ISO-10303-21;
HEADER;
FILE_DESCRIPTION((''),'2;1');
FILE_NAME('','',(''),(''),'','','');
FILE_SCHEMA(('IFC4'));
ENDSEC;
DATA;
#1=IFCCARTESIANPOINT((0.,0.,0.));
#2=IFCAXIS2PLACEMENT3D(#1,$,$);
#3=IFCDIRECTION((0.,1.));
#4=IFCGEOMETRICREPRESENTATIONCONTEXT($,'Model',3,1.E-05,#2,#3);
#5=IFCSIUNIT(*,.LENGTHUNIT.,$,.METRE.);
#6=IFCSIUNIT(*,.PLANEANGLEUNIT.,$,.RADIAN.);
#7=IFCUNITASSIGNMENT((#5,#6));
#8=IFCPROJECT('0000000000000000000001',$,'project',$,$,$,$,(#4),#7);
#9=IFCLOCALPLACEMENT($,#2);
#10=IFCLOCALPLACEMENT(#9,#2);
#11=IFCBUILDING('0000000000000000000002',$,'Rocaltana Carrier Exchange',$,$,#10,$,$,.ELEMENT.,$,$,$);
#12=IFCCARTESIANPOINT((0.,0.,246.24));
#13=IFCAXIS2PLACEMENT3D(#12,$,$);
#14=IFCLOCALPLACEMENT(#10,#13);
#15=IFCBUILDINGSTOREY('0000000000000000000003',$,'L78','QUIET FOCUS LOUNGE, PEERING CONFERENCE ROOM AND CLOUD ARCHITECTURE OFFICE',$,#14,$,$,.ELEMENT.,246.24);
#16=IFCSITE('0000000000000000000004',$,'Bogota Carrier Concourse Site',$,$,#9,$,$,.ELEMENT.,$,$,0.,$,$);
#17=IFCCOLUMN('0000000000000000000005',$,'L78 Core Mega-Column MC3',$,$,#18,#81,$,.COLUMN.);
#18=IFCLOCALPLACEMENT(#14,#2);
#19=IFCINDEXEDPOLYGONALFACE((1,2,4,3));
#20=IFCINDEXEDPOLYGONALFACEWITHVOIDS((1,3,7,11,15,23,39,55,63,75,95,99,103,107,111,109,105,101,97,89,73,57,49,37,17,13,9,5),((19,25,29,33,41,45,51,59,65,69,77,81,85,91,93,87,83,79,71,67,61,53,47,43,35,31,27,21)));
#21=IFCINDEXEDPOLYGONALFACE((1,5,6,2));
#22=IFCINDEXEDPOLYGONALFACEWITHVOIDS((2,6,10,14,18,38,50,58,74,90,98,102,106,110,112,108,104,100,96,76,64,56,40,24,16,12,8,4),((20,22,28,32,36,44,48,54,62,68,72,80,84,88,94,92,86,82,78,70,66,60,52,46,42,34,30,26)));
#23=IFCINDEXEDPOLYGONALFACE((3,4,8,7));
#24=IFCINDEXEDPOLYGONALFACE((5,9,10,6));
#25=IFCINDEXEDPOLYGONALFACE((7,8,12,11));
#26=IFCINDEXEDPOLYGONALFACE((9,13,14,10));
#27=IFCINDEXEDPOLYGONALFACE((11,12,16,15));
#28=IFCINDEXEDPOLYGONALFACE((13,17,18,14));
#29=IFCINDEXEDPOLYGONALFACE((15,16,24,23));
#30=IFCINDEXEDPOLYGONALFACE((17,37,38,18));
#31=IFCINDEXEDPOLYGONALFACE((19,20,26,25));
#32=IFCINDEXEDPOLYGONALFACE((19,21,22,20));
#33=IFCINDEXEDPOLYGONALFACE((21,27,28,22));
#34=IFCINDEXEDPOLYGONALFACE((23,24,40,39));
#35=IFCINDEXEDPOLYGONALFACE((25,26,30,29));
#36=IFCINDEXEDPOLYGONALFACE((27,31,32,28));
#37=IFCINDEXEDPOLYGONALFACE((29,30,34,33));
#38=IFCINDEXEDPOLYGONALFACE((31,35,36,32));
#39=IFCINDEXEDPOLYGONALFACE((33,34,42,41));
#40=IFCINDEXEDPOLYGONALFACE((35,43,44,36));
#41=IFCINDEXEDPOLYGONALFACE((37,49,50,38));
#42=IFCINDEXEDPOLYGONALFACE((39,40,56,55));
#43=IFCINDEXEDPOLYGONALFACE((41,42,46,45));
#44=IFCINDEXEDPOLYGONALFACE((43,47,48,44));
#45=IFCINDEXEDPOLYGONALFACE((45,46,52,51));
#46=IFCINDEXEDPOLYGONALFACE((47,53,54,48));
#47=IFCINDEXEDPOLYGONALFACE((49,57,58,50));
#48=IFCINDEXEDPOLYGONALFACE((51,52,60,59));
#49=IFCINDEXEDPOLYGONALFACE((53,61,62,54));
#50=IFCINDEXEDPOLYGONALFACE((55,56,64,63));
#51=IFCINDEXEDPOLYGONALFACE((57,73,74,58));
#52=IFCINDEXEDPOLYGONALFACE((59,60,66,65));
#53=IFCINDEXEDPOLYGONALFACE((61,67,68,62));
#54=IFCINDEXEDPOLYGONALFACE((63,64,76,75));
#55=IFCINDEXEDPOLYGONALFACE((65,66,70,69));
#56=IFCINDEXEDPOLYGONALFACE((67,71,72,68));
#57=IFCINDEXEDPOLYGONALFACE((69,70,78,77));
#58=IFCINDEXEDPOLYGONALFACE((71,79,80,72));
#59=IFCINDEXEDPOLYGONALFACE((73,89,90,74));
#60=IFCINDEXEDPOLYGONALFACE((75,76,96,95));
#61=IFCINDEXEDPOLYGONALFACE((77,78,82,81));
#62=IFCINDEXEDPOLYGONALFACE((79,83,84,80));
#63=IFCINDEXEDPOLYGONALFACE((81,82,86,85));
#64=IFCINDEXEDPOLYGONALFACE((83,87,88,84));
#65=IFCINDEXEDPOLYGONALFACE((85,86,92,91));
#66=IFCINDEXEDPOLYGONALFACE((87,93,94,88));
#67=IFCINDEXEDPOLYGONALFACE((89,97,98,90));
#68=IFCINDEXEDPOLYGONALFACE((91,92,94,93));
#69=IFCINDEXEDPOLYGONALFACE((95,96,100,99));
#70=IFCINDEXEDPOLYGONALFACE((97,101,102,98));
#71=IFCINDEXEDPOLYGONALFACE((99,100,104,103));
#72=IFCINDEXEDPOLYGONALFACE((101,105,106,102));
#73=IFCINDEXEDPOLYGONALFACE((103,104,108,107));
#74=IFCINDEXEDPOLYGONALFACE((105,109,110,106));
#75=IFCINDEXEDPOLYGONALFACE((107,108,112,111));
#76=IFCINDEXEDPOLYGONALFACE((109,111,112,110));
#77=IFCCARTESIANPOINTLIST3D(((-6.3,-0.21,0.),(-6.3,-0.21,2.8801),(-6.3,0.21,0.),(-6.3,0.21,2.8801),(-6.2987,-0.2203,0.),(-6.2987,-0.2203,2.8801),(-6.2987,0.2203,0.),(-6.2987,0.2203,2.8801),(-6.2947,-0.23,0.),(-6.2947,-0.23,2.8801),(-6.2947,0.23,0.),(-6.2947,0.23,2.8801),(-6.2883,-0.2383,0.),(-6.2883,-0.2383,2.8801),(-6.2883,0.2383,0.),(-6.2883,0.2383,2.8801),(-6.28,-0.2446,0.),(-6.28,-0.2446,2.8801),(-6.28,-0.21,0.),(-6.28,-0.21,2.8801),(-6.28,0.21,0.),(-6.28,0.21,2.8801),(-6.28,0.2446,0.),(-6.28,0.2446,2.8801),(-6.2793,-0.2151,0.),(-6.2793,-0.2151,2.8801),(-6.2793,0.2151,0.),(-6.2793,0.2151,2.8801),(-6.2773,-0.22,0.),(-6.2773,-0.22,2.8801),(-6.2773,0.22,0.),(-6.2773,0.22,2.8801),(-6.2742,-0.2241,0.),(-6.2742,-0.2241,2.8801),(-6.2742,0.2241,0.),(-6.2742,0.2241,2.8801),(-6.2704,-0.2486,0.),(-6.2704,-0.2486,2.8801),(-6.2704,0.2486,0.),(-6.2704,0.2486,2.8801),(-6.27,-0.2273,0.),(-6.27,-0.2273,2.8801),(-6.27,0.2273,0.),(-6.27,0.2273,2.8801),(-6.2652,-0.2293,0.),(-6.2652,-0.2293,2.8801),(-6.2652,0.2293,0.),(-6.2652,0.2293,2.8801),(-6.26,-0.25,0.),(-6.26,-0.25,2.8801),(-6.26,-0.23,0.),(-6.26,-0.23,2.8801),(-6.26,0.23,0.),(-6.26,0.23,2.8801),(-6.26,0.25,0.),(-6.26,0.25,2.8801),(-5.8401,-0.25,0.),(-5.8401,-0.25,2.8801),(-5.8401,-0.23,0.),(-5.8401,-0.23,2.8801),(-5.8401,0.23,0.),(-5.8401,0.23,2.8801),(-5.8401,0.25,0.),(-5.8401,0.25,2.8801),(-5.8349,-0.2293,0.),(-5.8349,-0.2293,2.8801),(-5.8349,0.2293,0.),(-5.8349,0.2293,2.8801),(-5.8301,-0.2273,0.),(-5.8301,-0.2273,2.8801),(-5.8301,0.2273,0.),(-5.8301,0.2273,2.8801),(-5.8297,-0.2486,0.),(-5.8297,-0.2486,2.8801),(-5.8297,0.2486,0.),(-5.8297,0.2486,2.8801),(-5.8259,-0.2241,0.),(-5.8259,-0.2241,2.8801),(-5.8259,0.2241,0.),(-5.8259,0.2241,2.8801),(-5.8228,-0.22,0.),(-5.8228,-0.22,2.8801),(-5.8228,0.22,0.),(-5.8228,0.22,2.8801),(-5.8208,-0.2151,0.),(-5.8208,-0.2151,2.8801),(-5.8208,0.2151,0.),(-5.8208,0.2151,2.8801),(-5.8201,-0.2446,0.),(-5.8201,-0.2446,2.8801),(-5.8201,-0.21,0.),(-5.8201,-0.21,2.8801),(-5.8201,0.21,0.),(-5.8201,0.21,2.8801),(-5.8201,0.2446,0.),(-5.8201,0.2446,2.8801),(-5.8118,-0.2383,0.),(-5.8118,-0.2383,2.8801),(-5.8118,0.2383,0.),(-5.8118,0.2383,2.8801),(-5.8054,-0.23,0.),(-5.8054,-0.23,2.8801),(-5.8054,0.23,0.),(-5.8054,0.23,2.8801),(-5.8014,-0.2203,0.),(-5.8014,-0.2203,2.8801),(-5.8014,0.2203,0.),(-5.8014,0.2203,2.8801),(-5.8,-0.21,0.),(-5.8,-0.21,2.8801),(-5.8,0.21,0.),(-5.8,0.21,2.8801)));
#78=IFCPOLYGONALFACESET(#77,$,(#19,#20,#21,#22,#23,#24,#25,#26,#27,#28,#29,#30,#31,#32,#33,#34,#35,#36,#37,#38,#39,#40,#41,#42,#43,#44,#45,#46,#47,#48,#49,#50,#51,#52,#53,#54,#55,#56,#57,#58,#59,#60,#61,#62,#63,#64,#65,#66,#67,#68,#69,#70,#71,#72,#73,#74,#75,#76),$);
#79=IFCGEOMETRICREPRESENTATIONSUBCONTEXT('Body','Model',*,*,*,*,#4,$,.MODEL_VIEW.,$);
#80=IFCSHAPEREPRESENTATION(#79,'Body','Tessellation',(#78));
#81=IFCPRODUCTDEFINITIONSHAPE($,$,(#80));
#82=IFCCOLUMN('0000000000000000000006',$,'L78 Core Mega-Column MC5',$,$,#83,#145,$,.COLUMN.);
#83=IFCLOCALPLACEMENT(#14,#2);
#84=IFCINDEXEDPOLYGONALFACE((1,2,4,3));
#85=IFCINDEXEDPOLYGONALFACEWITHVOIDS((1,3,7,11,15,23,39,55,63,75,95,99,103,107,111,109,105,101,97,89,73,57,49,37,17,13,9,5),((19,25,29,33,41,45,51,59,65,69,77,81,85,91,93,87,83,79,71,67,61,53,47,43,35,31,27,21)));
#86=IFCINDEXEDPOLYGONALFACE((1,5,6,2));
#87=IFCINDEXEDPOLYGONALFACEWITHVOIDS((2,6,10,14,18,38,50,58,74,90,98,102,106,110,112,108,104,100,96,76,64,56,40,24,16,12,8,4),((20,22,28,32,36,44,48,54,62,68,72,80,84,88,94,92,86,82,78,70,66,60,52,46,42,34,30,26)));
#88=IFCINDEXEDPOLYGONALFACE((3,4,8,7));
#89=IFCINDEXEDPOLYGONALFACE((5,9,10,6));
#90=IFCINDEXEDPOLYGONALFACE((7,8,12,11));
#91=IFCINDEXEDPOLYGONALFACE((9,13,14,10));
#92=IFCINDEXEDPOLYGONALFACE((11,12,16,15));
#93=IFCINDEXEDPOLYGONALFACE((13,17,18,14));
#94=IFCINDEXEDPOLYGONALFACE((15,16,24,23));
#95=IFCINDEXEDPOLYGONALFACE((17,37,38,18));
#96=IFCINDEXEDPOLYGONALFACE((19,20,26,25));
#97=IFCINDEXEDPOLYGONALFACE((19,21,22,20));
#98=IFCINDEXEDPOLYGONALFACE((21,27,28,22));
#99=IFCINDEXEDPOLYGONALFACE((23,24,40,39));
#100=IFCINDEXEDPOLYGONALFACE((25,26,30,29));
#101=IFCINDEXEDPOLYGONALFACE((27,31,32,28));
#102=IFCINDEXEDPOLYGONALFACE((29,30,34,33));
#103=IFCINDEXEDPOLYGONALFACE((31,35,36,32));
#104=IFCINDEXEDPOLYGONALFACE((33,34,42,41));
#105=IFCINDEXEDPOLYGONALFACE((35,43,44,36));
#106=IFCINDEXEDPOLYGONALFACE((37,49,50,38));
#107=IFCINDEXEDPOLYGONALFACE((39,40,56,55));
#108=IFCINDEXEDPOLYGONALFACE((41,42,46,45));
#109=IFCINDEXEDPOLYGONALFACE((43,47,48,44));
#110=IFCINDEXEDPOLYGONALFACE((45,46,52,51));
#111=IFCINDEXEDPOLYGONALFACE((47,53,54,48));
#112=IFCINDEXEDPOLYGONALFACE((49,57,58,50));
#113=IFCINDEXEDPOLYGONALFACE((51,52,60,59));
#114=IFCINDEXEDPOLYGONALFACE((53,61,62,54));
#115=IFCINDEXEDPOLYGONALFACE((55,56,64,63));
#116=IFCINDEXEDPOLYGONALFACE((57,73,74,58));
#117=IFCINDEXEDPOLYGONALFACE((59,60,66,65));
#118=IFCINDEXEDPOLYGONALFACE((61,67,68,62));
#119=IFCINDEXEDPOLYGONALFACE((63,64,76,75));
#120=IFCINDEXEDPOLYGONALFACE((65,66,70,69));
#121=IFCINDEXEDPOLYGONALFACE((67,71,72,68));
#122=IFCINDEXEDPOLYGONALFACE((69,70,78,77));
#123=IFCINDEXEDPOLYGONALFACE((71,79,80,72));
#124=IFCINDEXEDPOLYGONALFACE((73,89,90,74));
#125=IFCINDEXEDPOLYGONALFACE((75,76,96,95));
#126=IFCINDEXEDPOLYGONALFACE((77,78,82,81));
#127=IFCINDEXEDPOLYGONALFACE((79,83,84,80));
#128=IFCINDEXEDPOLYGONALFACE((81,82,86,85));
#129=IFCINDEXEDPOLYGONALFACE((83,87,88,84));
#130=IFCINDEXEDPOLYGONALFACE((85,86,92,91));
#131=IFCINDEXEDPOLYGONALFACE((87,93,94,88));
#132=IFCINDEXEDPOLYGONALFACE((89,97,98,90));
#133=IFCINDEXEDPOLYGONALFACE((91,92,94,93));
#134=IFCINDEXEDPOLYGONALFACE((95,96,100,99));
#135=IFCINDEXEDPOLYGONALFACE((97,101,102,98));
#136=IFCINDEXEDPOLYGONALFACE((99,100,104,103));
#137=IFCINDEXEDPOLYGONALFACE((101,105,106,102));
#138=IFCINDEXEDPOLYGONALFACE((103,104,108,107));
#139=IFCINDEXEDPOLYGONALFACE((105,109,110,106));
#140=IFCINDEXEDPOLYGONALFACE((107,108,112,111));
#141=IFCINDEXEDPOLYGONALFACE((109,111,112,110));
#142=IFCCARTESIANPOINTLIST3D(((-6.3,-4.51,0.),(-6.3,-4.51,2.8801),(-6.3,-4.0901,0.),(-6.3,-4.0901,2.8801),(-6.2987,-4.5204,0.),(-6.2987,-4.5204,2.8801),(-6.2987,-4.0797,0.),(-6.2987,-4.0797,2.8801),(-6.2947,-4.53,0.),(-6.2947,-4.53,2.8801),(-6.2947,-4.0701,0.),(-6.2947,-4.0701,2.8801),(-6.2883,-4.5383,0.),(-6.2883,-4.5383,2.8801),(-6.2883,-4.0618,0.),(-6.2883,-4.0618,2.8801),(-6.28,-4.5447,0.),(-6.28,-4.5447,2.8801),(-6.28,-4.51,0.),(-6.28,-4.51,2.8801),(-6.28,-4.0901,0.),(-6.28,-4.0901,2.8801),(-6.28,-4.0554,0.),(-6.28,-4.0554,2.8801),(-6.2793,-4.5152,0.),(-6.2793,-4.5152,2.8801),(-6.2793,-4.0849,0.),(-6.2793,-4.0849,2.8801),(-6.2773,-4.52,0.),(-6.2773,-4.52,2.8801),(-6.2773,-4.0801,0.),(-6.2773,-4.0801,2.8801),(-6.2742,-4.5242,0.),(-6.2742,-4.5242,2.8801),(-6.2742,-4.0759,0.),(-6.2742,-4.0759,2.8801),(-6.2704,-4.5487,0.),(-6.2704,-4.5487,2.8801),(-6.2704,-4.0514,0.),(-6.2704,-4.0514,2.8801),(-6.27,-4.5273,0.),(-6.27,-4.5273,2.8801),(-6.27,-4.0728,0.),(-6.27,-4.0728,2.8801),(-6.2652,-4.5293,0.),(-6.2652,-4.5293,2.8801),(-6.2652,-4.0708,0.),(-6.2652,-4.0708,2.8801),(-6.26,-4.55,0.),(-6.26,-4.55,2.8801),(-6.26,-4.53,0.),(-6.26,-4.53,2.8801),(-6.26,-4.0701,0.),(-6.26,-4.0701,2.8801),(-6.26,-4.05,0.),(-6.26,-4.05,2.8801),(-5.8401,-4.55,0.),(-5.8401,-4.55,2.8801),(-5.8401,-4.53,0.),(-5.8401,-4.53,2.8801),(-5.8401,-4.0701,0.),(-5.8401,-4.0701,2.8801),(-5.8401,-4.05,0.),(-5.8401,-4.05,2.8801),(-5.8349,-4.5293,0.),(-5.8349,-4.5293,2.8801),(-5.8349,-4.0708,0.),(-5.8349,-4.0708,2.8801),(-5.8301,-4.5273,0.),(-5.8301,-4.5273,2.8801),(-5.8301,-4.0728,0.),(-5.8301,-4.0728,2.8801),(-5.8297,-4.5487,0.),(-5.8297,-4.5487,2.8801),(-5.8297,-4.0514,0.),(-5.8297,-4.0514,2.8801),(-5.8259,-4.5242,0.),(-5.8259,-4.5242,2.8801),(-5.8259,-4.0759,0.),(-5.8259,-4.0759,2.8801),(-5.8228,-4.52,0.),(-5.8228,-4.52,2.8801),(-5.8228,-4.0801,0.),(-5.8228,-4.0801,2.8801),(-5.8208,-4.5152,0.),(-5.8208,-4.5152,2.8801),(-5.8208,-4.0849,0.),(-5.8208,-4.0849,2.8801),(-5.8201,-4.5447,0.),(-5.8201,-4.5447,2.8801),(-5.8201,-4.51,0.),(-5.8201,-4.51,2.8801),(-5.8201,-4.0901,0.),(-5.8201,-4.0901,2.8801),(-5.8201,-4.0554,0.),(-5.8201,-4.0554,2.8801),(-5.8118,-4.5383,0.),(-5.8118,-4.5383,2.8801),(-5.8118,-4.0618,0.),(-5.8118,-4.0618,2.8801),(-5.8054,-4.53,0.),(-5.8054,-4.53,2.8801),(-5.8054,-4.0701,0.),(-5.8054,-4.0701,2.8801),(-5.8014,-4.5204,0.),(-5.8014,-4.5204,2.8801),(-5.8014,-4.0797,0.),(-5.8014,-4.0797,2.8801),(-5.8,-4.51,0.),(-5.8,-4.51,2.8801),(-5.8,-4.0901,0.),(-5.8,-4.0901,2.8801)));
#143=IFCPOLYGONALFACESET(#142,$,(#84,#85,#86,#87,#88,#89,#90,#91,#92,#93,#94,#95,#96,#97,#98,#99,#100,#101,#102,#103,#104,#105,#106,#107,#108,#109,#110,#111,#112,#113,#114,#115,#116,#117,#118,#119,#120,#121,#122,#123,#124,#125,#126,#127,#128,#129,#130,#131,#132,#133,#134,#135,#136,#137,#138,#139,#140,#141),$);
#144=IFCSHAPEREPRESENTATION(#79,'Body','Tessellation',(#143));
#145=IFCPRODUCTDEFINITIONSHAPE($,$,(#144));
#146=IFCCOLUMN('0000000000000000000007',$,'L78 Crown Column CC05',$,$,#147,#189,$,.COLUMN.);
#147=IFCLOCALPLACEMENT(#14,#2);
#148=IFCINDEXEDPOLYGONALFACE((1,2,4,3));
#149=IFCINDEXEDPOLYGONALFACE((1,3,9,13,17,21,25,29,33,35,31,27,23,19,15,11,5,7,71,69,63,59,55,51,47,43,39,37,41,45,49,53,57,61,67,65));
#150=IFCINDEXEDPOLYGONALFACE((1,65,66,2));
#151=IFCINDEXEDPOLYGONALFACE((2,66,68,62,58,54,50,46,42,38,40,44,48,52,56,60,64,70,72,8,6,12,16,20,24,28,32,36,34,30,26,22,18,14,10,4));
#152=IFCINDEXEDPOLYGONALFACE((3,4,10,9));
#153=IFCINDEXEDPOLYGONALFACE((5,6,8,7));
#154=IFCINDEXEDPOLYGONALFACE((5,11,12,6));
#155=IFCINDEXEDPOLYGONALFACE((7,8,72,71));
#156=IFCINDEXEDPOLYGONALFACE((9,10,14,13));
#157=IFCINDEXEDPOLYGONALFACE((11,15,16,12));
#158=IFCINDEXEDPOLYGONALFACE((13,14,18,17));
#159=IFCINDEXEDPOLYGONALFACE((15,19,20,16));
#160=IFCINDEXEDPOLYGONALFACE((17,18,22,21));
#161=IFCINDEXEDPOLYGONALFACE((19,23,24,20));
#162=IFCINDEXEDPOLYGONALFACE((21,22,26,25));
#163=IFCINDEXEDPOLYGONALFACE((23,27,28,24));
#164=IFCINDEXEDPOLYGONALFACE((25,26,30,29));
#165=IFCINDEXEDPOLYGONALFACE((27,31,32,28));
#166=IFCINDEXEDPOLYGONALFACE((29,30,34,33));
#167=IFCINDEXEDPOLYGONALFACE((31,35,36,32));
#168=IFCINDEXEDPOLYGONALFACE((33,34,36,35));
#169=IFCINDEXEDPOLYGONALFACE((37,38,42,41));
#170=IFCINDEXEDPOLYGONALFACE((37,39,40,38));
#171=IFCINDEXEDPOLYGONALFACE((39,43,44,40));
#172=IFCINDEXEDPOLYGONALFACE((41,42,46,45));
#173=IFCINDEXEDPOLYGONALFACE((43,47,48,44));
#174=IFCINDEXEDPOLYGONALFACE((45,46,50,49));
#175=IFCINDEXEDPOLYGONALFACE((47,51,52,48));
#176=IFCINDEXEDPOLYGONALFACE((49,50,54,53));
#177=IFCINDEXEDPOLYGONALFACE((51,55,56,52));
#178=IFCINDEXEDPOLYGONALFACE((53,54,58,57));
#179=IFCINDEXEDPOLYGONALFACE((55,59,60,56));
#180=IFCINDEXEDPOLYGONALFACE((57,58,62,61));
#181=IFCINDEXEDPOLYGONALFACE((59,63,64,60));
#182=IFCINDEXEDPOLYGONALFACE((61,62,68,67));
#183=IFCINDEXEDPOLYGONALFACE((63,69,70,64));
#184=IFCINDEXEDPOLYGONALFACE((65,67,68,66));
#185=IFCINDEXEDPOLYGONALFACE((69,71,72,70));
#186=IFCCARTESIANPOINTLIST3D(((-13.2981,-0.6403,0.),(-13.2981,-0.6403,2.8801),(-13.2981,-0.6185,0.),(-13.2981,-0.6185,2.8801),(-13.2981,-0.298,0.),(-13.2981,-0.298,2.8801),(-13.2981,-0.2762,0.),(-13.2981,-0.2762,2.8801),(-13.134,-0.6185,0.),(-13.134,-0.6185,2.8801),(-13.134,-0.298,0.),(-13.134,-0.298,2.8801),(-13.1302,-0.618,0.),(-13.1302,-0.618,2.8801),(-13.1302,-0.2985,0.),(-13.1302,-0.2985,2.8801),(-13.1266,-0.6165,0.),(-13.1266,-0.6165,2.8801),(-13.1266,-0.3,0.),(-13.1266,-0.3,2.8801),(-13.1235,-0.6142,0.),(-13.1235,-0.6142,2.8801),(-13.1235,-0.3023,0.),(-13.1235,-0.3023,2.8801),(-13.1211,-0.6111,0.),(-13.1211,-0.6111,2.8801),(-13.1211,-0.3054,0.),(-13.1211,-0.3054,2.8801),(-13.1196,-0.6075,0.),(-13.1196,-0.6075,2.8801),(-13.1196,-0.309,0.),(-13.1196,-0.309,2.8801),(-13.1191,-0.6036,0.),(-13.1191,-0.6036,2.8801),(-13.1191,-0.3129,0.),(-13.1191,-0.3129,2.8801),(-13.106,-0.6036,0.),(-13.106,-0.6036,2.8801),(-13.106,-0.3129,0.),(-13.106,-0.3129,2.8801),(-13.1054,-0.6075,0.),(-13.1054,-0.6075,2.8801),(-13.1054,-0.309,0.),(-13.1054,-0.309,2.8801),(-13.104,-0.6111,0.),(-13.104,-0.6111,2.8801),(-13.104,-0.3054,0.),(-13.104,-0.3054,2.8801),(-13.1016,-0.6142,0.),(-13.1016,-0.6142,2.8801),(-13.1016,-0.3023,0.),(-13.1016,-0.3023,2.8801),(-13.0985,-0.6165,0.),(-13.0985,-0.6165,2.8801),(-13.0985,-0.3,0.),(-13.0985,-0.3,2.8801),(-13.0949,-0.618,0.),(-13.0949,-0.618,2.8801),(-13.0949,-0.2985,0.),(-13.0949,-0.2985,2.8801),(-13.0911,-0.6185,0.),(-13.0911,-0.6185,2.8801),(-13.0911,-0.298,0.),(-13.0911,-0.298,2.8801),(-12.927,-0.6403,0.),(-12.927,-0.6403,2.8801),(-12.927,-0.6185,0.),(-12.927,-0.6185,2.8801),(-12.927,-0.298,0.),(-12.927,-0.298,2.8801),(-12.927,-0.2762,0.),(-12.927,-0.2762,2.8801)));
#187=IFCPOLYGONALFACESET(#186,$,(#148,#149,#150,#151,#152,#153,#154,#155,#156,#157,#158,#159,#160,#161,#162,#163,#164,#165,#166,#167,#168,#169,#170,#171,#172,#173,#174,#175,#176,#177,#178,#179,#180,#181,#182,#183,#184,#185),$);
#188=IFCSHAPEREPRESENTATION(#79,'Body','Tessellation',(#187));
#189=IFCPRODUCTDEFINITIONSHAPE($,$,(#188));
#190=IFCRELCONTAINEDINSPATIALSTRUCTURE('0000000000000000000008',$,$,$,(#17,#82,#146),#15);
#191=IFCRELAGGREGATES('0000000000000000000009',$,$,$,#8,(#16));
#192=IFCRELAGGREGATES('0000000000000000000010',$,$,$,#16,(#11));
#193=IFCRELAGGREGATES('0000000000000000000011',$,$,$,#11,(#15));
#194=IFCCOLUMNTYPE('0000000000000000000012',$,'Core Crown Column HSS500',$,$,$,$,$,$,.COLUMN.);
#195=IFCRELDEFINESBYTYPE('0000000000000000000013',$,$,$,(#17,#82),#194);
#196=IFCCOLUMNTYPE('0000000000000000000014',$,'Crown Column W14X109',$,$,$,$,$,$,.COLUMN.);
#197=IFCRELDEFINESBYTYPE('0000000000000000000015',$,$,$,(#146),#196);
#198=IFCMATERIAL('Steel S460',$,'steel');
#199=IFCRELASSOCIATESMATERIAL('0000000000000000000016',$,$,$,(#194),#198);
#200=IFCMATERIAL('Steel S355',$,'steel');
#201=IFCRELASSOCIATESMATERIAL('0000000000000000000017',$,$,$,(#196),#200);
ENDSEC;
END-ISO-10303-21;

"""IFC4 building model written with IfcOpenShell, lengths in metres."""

from ifc_helpers import new_model, si_unit, direction, frame, origin, origin_2d, place, context, subcontext, project, spatial, hollow_rectangle, i_section, extrude, material, material_profile, profile_set, type_object, element, save


model = new_model("IFC4")

# Units and contexts
model_context = context("Model", 3, precision=1e-05, world=origin(), true_north=direction((0.0, 1.0)))
body_context = subcontext(model_context, "Body", "Model", "MODEL_VIEW")
ifc_project = project(units=[si_unit("LENGTHUNIT", "METRE"), si_unit("PLANEANGLEUNIT", "RADIAN")], contexts=[model_context])

# Site, building, storey
site_placement = place(None, origin())
site = spatial("IfcSite", under=ifc_project, at=site_placement, Name="Bogota Carrier Concourse Site", CompositionType="ELEMENT", RefElevation=0.0)
building_placement = place(site_placement, origin())
building = spatial("IfcBuilding", under=site, at=building_placement, Name="Rocaltana Carrier Exchange", CompositionType="ELEMENT")
storey_placement = place(building_placement, frame((0.0, 0.0, 246.24)))
storey = spatial("IfcBuildingStorey", under=building, at=storey_placement, Name="L78", Description="QUIET FOCUS LOUNGE, PEERING CONFERENCE ROOM AND CLOUD ARCHITECTURE OFFICE", CompositionType="ELEMENT", Elevation=246.24)

# Columns
ifc_material_1 = material(Name="Steel S460", Category="steel")
ifc_material_profile_1 = material_profile(ifc_material_1, hollow_rectangle(XDim=0.5, YDim=0.5, WallThickness=0.02, InnerFilletRadius=0.02, OuterFilletRadius=0.04, at=origin_2d()), Name="HSS500X500X20")
ifc_profile_set_1 = profile_set([ifc_material_profile_1], Name="Steel S460")
column_type_1 = type_object("IfcColumnType", Name="Core Crown Column HSS500", PredefinedType="COLUMN", material=ifc_profile_set_1)
for number, where, z_axis, x_axis, name in (
    (1, (-6.05, 0.0, 0.0), (0.0, 0.0, 1.0), (1.0, 0.0, 0.0), "L78 Core Mega-Column MC3"),
    (2, (-6.05, -4.3, 0.0), (0.0, 0.0, 1.0), (1.0, 0.0, 0.0), "L78 Core Mega-Column MC5"),
):
    element("IfcColumn", number, at=place(storey_placement, frame(where, z_axis=z_axis, x_axis=x_axis)), inside=storey, type_object=column_type_1, Name=name, PredefinedType="COLUMN", context=body_context, shape_type="SweptSolid", body=[
        extrude(hollow_rectangle(XDim=0.5, YDim=0.5, WallThickness=0.02, InnerFilletRadius=0.02, OuterFilletRadius=0.04, at=origin_2d()), origin(), (0.0, 0.0, 1.0), 2.8801),
    ])
ifc_material_2 = material(Name="Steel S355", Category="steel")
ifc_material_profile_2 = material_profile(ifc_material_2, i_section(OverallWidth=0.3711, OverallDepth=0.364, WebThickness=0.0132, FlangeThickness=0.0217, FilletRadius=0.0149, at=origin_2d()), Name="W14X109")
ifc_profile_set_2 = profile_set([ifc_material_profile_2], Name="Steel S355")
column_type_2 = type_object("IfcColumnType", Name="Crown Column W14X109", PredefinedType="COLUMN", material=ifc_profile_set_2)
column_placement = place(storey_placement, frame((-13.1125, -0.4583, 0.0), z_axis=(0.0, 0.0, 1.0), x_axis=(1.0, 0.0, 0.0)))
element("IfcColumn", 3, at=column_placement, inside=storey, type_object=column_type_2, Name="L78 Crown Column CC05", PredefinedType="COLUMN", context=body_context, shape_type="SweptSolid", body=[
    extrude(i_section(OverallWidth=0.3711, OverallDepth=0.364, WebThickness=0.0132, FlangeThickness=0.0217, FilletRadius=0.0149, at=origin_2d()), origin(), (0.0, 0.0, 1.0), 2.8801),
])

save(model, "model.ifc")
